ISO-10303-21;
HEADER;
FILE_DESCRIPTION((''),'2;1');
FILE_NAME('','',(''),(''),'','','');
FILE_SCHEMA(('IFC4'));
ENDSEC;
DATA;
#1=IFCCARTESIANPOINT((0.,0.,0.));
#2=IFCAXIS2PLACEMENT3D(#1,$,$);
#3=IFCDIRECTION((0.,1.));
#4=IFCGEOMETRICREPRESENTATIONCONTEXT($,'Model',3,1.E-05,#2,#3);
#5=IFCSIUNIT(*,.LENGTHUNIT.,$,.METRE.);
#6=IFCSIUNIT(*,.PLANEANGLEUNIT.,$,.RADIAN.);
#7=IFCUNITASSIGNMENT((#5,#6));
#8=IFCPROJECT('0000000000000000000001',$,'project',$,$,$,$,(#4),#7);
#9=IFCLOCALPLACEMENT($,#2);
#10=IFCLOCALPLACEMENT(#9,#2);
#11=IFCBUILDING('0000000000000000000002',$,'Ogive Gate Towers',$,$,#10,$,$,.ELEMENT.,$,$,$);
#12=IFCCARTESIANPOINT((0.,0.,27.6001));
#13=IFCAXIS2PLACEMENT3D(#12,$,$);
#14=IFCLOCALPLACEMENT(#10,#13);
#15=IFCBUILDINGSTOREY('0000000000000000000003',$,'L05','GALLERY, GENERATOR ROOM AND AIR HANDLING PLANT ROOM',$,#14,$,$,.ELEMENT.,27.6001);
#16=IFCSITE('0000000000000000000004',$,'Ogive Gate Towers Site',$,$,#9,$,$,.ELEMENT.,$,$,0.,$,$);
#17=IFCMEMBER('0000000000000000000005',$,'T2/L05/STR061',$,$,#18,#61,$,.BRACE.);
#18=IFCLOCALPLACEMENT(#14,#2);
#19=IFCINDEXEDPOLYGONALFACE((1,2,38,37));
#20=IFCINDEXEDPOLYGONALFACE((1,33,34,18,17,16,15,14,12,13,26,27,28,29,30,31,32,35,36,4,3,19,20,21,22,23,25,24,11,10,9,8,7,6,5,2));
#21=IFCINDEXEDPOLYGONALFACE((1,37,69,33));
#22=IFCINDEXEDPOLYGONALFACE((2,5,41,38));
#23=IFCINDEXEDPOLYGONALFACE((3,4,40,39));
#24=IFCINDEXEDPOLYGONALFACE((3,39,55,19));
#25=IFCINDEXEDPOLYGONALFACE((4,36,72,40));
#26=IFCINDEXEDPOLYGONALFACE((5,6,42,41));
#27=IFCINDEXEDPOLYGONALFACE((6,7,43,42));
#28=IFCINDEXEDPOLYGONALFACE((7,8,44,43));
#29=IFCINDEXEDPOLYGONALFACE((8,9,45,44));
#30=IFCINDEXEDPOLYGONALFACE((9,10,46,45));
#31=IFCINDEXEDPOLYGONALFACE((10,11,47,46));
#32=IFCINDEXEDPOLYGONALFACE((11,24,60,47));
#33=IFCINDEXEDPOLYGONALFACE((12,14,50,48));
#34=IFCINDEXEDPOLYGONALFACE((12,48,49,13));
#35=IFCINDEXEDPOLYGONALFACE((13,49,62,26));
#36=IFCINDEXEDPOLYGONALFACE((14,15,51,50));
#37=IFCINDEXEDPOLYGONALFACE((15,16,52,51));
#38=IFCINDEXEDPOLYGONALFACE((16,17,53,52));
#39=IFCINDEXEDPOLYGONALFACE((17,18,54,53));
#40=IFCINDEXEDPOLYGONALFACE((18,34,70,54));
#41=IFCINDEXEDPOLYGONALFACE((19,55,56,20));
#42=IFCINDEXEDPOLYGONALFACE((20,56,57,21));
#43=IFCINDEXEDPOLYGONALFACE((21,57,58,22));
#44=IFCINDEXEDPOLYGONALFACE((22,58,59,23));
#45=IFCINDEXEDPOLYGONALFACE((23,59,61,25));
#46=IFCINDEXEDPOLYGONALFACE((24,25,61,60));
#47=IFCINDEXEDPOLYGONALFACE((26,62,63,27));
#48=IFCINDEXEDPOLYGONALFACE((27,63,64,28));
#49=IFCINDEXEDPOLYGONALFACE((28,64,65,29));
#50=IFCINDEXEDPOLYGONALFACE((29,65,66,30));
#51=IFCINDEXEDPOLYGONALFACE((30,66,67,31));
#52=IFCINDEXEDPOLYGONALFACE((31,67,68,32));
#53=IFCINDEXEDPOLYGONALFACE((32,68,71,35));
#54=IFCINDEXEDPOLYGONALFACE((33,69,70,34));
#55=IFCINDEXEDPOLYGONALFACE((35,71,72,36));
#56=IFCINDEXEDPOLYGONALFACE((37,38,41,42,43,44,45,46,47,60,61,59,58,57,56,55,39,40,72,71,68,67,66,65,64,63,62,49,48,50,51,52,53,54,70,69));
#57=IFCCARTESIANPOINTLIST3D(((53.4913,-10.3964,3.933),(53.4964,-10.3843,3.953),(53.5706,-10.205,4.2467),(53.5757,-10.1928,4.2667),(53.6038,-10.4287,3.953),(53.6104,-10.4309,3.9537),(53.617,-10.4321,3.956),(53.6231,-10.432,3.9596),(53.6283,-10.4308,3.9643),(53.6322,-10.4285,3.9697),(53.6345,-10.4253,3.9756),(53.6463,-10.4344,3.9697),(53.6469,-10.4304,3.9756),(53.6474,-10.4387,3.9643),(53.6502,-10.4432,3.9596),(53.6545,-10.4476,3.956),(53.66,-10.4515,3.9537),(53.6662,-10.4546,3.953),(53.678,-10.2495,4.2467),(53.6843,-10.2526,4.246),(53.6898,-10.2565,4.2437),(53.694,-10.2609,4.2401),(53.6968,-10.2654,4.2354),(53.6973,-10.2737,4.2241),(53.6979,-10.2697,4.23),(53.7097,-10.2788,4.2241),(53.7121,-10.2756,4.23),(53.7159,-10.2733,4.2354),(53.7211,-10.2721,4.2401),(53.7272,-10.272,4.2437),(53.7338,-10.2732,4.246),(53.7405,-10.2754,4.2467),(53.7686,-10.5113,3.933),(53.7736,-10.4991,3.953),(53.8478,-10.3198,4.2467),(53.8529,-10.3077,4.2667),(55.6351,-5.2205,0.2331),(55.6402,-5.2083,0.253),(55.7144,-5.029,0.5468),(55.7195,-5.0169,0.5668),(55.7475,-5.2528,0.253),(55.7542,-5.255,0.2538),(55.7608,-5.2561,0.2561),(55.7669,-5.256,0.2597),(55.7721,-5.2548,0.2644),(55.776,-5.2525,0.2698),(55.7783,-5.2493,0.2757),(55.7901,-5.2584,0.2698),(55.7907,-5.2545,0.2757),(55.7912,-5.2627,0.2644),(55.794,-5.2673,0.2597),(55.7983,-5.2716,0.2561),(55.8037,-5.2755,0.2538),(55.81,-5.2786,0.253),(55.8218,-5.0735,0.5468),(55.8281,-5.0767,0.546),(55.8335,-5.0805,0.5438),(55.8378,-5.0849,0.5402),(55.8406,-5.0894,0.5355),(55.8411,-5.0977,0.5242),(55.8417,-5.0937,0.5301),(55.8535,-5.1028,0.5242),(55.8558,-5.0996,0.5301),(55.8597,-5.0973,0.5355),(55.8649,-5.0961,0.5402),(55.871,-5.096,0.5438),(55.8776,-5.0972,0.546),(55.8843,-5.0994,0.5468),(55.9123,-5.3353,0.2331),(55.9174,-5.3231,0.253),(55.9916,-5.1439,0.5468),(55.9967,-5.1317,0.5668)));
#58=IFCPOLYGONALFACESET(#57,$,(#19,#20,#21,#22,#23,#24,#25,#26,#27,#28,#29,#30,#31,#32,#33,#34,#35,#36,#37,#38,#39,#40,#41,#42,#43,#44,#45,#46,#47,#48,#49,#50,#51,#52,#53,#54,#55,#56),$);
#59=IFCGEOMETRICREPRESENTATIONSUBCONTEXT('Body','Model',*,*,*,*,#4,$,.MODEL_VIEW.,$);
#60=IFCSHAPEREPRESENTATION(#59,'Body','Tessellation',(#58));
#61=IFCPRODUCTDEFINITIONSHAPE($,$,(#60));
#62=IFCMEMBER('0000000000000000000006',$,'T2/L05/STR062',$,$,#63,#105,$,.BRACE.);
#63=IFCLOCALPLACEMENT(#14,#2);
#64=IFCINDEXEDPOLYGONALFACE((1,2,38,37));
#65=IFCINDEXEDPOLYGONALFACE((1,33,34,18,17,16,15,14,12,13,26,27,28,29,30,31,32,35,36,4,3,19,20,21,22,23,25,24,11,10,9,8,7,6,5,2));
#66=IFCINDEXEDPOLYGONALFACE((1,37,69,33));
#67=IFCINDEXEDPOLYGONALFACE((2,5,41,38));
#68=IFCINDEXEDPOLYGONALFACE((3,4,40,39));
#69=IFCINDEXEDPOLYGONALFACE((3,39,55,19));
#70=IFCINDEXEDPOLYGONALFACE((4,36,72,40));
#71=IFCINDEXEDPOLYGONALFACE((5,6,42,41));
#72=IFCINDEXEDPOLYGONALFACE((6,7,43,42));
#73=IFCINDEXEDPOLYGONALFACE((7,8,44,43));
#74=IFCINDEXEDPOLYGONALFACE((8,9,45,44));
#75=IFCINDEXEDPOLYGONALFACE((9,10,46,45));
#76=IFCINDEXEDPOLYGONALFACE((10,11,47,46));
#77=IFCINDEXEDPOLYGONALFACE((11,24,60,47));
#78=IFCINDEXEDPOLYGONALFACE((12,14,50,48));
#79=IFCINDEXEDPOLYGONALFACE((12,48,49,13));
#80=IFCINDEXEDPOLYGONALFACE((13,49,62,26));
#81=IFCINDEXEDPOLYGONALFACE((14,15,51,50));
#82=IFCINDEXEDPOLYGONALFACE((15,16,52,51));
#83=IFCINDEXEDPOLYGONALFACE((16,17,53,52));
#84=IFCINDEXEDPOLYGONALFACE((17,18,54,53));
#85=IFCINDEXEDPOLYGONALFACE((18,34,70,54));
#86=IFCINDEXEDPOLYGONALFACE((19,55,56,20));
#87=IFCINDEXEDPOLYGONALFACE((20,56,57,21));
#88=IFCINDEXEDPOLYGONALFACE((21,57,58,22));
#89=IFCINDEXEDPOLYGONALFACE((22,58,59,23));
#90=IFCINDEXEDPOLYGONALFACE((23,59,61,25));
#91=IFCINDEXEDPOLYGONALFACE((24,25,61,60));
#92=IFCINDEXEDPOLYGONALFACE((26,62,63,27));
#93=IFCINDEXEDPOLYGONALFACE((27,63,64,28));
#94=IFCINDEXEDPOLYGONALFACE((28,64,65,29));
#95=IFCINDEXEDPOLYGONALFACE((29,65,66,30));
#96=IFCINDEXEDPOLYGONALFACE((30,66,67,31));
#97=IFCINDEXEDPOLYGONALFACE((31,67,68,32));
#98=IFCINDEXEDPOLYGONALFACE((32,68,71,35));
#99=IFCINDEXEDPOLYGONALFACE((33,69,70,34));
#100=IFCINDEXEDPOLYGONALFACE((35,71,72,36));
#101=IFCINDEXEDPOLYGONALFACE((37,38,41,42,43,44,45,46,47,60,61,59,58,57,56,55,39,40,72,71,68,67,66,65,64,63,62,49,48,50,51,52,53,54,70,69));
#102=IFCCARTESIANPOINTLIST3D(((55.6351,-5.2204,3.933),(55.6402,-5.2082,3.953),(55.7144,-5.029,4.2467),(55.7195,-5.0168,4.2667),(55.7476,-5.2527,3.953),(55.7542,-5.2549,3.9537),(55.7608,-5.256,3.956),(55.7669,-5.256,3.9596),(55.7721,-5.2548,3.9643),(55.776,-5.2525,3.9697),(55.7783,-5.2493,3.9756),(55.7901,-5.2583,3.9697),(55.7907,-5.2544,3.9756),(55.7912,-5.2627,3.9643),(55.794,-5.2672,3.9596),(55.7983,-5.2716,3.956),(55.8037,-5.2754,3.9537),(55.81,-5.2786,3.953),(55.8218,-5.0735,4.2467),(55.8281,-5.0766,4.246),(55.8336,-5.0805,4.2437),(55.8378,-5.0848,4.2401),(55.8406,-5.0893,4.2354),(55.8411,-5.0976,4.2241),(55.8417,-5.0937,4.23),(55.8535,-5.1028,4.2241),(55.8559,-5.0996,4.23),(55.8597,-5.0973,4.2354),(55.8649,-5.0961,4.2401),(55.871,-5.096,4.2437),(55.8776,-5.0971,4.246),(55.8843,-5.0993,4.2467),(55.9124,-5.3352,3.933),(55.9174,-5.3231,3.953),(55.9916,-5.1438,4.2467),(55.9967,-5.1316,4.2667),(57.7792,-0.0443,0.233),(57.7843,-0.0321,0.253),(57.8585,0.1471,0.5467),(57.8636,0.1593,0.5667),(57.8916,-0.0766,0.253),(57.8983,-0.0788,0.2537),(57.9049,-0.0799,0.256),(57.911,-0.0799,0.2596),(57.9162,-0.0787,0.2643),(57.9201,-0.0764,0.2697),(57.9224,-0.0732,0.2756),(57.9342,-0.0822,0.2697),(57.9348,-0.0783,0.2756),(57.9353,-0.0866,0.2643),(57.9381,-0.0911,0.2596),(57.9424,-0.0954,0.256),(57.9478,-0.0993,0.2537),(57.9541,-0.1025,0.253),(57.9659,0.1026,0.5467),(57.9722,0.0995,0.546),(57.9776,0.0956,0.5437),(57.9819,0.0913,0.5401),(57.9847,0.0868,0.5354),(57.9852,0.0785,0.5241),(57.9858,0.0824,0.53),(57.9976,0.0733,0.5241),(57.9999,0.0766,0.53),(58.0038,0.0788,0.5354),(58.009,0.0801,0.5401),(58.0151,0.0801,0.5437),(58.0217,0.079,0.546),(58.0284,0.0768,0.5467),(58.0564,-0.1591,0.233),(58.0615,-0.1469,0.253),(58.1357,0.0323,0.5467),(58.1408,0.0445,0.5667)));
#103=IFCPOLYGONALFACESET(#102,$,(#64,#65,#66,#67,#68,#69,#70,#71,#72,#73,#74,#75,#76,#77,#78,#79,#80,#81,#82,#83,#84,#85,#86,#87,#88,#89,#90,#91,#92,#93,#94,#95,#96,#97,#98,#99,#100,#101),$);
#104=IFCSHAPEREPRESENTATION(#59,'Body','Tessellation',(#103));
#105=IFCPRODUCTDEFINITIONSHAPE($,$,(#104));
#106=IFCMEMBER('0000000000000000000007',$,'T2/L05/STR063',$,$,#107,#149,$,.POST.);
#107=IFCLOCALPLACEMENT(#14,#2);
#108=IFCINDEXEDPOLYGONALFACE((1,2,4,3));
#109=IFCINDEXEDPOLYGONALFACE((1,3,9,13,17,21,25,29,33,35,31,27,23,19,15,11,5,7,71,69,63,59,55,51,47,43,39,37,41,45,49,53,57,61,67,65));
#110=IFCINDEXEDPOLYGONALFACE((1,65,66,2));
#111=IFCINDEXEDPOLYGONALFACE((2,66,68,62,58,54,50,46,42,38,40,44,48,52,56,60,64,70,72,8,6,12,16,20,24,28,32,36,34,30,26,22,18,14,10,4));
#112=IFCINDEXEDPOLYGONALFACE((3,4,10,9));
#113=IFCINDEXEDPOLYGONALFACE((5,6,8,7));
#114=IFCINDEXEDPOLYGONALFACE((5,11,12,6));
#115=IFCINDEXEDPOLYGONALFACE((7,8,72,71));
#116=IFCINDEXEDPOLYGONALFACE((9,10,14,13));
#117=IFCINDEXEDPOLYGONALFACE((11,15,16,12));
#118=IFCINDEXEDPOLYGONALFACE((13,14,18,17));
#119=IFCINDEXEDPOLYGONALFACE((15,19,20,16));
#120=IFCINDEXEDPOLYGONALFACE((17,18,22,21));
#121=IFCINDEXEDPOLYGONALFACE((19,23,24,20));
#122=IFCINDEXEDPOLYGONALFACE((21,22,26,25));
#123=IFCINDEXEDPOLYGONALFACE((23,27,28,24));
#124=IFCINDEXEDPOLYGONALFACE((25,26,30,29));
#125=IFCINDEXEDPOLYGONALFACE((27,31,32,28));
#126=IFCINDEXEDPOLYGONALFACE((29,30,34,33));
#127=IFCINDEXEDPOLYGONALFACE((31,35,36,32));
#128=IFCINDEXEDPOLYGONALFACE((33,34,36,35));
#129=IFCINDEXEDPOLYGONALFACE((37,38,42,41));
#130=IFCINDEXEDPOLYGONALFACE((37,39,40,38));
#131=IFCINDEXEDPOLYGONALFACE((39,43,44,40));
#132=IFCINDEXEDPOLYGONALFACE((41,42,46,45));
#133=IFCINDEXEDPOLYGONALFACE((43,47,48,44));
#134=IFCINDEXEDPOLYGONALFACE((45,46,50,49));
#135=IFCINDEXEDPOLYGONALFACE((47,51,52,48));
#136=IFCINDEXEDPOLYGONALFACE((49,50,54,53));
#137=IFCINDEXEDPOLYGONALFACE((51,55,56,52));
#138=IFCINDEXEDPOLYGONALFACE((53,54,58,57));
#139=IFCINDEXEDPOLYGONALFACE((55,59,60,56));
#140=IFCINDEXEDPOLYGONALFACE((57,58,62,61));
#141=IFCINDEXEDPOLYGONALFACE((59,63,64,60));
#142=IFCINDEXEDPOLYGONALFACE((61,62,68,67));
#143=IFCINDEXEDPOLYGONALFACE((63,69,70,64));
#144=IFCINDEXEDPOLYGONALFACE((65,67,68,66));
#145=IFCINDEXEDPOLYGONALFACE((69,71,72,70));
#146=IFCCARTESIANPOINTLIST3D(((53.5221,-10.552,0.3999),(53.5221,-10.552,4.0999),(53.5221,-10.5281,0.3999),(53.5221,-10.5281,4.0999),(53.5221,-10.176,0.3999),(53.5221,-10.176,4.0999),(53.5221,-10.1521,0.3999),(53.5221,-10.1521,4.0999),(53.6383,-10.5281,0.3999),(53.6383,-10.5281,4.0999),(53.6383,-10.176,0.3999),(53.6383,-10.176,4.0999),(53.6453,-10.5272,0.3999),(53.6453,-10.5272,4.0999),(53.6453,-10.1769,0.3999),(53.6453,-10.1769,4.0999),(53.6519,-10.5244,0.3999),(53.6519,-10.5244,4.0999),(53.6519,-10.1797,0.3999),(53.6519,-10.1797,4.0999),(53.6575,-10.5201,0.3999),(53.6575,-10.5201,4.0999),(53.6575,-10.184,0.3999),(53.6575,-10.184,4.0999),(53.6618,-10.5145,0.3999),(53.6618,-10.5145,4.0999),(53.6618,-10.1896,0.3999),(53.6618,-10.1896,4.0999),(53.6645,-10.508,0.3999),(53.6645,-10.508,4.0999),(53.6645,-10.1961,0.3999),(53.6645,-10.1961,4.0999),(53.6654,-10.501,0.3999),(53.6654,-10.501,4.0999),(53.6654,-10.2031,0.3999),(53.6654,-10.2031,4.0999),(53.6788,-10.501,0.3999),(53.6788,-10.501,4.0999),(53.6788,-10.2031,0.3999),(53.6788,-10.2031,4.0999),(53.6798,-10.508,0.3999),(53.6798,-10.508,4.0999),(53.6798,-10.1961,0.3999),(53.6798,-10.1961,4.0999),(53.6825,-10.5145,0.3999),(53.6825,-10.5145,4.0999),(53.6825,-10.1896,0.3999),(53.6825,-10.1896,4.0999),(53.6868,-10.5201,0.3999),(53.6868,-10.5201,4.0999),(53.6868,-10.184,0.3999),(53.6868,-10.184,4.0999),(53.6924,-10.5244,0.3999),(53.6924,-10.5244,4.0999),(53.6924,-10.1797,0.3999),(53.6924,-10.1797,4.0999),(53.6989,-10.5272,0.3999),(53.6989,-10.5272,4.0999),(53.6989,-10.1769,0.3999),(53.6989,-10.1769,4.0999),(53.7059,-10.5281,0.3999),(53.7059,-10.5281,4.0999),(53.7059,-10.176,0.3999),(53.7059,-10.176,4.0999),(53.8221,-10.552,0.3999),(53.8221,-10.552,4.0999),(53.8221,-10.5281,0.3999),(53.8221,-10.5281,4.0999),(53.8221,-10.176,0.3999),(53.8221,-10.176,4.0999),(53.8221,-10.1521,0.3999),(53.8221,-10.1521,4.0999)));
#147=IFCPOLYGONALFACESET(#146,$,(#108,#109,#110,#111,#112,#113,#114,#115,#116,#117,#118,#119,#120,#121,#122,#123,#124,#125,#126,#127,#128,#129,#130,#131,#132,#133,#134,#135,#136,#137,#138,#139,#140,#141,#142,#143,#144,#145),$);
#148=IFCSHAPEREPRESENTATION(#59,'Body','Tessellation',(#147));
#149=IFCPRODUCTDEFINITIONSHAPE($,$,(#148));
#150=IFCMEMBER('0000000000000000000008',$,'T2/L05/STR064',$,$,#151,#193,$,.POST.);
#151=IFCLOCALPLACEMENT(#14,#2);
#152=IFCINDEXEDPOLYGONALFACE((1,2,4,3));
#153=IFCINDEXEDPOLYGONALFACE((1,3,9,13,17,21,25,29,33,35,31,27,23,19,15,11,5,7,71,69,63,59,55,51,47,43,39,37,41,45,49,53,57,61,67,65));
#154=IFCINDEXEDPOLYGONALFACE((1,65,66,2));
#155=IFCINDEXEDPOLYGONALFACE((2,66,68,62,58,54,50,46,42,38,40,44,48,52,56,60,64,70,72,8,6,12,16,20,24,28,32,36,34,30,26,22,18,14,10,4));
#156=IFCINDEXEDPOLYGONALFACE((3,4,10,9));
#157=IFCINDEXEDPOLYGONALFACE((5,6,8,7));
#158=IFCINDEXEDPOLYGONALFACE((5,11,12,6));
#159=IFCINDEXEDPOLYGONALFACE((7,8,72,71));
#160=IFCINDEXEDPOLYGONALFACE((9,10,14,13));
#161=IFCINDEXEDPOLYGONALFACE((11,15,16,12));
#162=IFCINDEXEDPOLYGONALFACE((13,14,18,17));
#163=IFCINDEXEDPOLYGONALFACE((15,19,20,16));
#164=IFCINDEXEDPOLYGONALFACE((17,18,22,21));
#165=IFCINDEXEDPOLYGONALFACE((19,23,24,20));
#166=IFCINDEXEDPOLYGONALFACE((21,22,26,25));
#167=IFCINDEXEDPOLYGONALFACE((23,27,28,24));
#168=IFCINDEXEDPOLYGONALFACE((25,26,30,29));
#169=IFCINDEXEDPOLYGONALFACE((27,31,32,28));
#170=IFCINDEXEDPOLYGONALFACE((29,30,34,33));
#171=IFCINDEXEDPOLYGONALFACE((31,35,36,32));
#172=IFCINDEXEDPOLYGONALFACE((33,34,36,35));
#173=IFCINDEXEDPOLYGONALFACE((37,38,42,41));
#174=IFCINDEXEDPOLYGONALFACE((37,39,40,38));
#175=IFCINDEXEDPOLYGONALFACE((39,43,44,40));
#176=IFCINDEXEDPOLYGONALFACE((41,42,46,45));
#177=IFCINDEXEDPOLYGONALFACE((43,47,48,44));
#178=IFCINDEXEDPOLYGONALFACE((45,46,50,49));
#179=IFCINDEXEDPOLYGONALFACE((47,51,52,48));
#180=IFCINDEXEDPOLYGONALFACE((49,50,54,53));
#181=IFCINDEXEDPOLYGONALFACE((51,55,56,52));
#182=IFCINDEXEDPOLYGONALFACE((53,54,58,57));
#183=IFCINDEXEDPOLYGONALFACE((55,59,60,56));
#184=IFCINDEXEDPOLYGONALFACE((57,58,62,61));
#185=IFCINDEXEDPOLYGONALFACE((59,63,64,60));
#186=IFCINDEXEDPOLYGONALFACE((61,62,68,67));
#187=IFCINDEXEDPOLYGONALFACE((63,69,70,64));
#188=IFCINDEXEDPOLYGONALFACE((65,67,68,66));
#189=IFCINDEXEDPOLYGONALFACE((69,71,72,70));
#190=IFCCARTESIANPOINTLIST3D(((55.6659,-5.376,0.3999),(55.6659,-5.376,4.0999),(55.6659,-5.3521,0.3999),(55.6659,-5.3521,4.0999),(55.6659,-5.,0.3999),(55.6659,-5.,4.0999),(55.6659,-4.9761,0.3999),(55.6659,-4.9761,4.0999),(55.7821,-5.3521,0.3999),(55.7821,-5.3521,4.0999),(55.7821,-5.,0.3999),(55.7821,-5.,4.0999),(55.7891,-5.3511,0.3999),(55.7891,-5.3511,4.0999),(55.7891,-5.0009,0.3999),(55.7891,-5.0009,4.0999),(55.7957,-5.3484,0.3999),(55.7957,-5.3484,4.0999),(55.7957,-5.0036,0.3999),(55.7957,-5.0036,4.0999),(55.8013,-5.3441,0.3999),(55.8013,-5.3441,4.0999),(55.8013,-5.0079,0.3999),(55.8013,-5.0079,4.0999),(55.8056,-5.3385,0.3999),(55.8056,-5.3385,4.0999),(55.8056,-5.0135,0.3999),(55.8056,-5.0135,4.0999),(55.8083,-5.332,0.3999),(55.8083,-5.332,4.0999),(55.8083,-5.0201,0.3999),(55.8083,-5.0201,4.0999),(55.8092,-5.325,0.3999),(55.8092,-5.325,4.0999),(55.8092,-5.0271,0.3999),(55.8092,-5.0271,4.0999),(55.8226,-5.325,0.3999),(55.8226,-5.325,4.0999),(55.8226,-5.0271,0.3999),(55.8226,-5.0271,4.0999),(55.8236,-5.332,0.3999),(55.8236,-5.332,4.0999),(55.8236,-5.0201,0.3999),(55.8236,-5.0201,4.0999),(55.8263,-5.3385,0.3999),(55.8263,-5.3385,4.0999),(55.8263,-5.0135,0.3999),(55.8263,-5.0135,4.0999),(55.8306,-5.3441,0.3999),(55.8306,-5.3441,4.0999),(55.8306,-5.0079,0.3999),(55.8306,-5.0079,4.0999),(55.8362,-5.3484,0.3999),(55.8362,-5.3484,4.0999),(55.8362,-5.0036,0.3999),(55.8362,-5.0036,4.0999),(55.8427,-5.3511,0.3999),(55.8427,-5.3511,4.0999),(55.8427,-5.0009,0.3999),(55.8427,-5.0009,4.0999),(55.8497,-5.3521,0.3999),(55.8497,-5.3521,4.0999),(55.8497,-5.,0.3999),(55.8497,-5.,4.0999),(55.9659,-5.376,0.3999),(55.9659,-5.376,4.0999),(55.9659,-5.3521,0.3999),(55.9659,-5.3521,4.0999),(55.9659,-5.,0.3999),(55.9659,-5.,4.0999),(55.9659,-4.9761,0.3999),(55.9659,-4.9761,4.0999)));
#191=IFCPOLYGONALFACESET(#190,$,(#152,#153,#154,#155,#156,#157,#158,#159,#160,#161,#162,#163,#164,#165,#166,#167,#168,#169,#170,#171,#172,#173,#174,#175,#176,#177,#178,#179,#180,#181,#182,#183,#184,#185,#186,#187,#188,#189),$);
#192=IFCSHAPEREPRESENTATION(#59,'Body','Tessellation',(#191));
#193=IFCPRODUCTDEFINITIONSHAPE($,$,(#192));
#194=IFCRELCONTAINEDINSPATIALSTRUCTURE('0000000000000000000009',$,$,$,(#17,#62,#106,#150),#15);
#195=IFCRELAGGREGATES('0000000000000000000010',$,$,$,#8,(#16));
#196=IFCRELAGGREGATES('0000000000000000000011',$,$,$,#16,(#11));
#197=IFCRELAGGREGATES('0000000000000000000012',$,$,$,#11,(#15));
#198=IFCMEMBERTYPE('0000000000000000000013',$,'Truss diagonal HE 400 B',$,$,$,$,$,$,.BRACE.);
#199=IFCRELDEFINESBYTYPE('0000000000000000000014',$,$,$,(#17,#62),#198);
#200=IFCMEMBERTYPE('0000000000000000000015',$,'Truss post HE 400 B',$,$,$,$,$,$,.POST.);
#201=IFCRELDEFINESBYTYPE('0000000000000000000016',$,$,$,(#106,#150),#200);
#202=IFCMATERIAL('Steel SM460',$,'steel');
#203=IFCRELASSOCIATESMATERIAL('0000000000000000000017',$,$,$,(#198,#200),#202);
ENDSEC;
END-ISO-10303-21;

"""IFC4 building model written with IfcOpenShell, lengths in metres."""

from ifc_helpers import new_model, si_unit, direction, frame, origin, origin_2d, place, context, subcontext, project, spatial, i_section, extrude, material, material_profile, profile_set, type_object, element, save


model = new_model("IFC4")

# Units and contexts
model_context = context("Model", 3, precision=1e-05, world=origin(), true_north=direction((0.0, 1.0)))
body_context = subcontext(model_context, "Body", "Model", "MODEL_VIEW")
ifc_project = project(units=[si_unit("LENGTHUNIT", "METRE"), si_unit("PLANEANGLEUNIT", "RADIAN")], contexts=[model_context])

# Site, building, storey
site_placement = place(None, origin())
site = spatial("IfcSite", under=ifc_project, at=site_placement, Name="Ogive Gate Towers Site", CompositionType="ELEMENT", RefElevation=0.0)
building_placement = place(site_placement, origin())
building = spatial("IfcBuilding", under=site, at=building_placement, Name="Ogive Gate Towers", CompositionType="ELEMENT")
storey_placement = place(building_placement, frame((0.0, 0.0, 27.6001)))
storey = spatial("IfcBuildingStorey", under=building, at=storey_placement, Name="L05", Description="GALLERY, GENERATOR ROOM AND AIR HANDLING PLANT ROOM", CompositionType="ELEMENT", Elevation=27.6001)

# Shared definitions
ifc_material_1 = material(Name="Steel SM460", Category="steel")

# Members
ifc_material_profile_1 = material_profile(ifc_material_1, i_section(OverallWidth=0.3, OverallDepth=0.3999, WebThickness=0.0134, FlangeThickness=0.0239, FilletRadius=0.0271, at=origin_2d()), Name="HE 400 B")
ifc_profile_set_1 = profile_set([ifc_material_profile_1], Name="Steel SM460")
member_type_1 = type_object("IfcMemberType", Name="Truss diagonal HE 400 B", PredefinedType="BRACE", material=ifc_profile_set_1)
member_1_placement = place(storey_placement, frame((53.6721, -10.3521, 4.0999), z_axis=(0.319306, 0.770939, -0.551086), x_axis=(-0.923891, 0.382656, 0.0)))
element("IfcMember", 1, at=member_1_placement, inside=storey, type_object=member_type_1, Name="T2/L05/STR061", PredefinedType="BRACE", context=body_context, shape_type="SweptSolid", body=[
    extrude(i_section(OverallWidth=0.3, OverallDepth=0.3999, WebThickness=0.0134, FlangeThickness=0.0239, FilletRadius=0.0271, at=origin_2d()), origin(), (0.0, 0.0, 1.0), 6.7139),
])
member_2_placement = place(storey_placement, frame((55.8159, -5.176, 4.0999), z_axis=(0.319339, 0.77093, -0.55108), x_axis=(-0.923876, 0.382693, 0.0)))
element("IfcMember", 2, at=member_2_placement, inside=storey, type_object=member_type_1, Name="T2/L05/STR062", PredefinedType="BRACE", context=body_context, shape_type="SweptSolid", body=[
    extrude(i_section(OverallWidth=0.3, OverallDepth=0.3999, WebThickness=0.0134, FlangeThickness=0.0239, FilletRadius=0.0271, at=origin_2d()), origin(), (0.0, 0.0, 1.0), 6.7141),
])
ifc_material_profile_2 = material_profile(ifc_material_1, i_section(OverallWidth=0.3, OverallDepth=0.3999, WebThickness=0.0134, FlangeThickness=0.0239, FilletRadius=0.0271, at=origin_2d()), Name="HE 400 B")
ifc_profile_set_2 = profile_set([ifc_material_profile_2], Name="Steel SM460")
member_type_2 = type_object("IfcMemberType", Name="Truss post HE 400 B", PredefinedType="POST", material=ifc_profile_set_2)
for number, where, z_axis, x_axis, name in (
    (3, (53.6721, -10.3521, 0.3999), (0.0, 0.0, 1.0), (1.0, 0.0, 0.0), "T2/L05/STR063"),
    (4, (55.8159, -5.176, 0.3999), (0.0, 0.0, 1.0), (1.0, 0.0, 0.0), "T2/L05/STR064"),
):
    element("IfcMember", number, at=place(storey_placement, frame(where, z_axis=z_axis, x_axis=x_axis)), inside=storey, type_object=member_type_2, Name=name, PredefinedType="POST", context=body_context, shape_type="SweptSolid", body=[
        extrude(i_section(OverallWidth=0.3, OverallDepth=0.3999, WebThickness=0.0134, FlangeThickness=0.0239, FilletRadius=0.0271, at=origin_2d()), origin(), (0.0, 0.0, 1.0), 3.7),
    ])

save(model, "model.ifc")
